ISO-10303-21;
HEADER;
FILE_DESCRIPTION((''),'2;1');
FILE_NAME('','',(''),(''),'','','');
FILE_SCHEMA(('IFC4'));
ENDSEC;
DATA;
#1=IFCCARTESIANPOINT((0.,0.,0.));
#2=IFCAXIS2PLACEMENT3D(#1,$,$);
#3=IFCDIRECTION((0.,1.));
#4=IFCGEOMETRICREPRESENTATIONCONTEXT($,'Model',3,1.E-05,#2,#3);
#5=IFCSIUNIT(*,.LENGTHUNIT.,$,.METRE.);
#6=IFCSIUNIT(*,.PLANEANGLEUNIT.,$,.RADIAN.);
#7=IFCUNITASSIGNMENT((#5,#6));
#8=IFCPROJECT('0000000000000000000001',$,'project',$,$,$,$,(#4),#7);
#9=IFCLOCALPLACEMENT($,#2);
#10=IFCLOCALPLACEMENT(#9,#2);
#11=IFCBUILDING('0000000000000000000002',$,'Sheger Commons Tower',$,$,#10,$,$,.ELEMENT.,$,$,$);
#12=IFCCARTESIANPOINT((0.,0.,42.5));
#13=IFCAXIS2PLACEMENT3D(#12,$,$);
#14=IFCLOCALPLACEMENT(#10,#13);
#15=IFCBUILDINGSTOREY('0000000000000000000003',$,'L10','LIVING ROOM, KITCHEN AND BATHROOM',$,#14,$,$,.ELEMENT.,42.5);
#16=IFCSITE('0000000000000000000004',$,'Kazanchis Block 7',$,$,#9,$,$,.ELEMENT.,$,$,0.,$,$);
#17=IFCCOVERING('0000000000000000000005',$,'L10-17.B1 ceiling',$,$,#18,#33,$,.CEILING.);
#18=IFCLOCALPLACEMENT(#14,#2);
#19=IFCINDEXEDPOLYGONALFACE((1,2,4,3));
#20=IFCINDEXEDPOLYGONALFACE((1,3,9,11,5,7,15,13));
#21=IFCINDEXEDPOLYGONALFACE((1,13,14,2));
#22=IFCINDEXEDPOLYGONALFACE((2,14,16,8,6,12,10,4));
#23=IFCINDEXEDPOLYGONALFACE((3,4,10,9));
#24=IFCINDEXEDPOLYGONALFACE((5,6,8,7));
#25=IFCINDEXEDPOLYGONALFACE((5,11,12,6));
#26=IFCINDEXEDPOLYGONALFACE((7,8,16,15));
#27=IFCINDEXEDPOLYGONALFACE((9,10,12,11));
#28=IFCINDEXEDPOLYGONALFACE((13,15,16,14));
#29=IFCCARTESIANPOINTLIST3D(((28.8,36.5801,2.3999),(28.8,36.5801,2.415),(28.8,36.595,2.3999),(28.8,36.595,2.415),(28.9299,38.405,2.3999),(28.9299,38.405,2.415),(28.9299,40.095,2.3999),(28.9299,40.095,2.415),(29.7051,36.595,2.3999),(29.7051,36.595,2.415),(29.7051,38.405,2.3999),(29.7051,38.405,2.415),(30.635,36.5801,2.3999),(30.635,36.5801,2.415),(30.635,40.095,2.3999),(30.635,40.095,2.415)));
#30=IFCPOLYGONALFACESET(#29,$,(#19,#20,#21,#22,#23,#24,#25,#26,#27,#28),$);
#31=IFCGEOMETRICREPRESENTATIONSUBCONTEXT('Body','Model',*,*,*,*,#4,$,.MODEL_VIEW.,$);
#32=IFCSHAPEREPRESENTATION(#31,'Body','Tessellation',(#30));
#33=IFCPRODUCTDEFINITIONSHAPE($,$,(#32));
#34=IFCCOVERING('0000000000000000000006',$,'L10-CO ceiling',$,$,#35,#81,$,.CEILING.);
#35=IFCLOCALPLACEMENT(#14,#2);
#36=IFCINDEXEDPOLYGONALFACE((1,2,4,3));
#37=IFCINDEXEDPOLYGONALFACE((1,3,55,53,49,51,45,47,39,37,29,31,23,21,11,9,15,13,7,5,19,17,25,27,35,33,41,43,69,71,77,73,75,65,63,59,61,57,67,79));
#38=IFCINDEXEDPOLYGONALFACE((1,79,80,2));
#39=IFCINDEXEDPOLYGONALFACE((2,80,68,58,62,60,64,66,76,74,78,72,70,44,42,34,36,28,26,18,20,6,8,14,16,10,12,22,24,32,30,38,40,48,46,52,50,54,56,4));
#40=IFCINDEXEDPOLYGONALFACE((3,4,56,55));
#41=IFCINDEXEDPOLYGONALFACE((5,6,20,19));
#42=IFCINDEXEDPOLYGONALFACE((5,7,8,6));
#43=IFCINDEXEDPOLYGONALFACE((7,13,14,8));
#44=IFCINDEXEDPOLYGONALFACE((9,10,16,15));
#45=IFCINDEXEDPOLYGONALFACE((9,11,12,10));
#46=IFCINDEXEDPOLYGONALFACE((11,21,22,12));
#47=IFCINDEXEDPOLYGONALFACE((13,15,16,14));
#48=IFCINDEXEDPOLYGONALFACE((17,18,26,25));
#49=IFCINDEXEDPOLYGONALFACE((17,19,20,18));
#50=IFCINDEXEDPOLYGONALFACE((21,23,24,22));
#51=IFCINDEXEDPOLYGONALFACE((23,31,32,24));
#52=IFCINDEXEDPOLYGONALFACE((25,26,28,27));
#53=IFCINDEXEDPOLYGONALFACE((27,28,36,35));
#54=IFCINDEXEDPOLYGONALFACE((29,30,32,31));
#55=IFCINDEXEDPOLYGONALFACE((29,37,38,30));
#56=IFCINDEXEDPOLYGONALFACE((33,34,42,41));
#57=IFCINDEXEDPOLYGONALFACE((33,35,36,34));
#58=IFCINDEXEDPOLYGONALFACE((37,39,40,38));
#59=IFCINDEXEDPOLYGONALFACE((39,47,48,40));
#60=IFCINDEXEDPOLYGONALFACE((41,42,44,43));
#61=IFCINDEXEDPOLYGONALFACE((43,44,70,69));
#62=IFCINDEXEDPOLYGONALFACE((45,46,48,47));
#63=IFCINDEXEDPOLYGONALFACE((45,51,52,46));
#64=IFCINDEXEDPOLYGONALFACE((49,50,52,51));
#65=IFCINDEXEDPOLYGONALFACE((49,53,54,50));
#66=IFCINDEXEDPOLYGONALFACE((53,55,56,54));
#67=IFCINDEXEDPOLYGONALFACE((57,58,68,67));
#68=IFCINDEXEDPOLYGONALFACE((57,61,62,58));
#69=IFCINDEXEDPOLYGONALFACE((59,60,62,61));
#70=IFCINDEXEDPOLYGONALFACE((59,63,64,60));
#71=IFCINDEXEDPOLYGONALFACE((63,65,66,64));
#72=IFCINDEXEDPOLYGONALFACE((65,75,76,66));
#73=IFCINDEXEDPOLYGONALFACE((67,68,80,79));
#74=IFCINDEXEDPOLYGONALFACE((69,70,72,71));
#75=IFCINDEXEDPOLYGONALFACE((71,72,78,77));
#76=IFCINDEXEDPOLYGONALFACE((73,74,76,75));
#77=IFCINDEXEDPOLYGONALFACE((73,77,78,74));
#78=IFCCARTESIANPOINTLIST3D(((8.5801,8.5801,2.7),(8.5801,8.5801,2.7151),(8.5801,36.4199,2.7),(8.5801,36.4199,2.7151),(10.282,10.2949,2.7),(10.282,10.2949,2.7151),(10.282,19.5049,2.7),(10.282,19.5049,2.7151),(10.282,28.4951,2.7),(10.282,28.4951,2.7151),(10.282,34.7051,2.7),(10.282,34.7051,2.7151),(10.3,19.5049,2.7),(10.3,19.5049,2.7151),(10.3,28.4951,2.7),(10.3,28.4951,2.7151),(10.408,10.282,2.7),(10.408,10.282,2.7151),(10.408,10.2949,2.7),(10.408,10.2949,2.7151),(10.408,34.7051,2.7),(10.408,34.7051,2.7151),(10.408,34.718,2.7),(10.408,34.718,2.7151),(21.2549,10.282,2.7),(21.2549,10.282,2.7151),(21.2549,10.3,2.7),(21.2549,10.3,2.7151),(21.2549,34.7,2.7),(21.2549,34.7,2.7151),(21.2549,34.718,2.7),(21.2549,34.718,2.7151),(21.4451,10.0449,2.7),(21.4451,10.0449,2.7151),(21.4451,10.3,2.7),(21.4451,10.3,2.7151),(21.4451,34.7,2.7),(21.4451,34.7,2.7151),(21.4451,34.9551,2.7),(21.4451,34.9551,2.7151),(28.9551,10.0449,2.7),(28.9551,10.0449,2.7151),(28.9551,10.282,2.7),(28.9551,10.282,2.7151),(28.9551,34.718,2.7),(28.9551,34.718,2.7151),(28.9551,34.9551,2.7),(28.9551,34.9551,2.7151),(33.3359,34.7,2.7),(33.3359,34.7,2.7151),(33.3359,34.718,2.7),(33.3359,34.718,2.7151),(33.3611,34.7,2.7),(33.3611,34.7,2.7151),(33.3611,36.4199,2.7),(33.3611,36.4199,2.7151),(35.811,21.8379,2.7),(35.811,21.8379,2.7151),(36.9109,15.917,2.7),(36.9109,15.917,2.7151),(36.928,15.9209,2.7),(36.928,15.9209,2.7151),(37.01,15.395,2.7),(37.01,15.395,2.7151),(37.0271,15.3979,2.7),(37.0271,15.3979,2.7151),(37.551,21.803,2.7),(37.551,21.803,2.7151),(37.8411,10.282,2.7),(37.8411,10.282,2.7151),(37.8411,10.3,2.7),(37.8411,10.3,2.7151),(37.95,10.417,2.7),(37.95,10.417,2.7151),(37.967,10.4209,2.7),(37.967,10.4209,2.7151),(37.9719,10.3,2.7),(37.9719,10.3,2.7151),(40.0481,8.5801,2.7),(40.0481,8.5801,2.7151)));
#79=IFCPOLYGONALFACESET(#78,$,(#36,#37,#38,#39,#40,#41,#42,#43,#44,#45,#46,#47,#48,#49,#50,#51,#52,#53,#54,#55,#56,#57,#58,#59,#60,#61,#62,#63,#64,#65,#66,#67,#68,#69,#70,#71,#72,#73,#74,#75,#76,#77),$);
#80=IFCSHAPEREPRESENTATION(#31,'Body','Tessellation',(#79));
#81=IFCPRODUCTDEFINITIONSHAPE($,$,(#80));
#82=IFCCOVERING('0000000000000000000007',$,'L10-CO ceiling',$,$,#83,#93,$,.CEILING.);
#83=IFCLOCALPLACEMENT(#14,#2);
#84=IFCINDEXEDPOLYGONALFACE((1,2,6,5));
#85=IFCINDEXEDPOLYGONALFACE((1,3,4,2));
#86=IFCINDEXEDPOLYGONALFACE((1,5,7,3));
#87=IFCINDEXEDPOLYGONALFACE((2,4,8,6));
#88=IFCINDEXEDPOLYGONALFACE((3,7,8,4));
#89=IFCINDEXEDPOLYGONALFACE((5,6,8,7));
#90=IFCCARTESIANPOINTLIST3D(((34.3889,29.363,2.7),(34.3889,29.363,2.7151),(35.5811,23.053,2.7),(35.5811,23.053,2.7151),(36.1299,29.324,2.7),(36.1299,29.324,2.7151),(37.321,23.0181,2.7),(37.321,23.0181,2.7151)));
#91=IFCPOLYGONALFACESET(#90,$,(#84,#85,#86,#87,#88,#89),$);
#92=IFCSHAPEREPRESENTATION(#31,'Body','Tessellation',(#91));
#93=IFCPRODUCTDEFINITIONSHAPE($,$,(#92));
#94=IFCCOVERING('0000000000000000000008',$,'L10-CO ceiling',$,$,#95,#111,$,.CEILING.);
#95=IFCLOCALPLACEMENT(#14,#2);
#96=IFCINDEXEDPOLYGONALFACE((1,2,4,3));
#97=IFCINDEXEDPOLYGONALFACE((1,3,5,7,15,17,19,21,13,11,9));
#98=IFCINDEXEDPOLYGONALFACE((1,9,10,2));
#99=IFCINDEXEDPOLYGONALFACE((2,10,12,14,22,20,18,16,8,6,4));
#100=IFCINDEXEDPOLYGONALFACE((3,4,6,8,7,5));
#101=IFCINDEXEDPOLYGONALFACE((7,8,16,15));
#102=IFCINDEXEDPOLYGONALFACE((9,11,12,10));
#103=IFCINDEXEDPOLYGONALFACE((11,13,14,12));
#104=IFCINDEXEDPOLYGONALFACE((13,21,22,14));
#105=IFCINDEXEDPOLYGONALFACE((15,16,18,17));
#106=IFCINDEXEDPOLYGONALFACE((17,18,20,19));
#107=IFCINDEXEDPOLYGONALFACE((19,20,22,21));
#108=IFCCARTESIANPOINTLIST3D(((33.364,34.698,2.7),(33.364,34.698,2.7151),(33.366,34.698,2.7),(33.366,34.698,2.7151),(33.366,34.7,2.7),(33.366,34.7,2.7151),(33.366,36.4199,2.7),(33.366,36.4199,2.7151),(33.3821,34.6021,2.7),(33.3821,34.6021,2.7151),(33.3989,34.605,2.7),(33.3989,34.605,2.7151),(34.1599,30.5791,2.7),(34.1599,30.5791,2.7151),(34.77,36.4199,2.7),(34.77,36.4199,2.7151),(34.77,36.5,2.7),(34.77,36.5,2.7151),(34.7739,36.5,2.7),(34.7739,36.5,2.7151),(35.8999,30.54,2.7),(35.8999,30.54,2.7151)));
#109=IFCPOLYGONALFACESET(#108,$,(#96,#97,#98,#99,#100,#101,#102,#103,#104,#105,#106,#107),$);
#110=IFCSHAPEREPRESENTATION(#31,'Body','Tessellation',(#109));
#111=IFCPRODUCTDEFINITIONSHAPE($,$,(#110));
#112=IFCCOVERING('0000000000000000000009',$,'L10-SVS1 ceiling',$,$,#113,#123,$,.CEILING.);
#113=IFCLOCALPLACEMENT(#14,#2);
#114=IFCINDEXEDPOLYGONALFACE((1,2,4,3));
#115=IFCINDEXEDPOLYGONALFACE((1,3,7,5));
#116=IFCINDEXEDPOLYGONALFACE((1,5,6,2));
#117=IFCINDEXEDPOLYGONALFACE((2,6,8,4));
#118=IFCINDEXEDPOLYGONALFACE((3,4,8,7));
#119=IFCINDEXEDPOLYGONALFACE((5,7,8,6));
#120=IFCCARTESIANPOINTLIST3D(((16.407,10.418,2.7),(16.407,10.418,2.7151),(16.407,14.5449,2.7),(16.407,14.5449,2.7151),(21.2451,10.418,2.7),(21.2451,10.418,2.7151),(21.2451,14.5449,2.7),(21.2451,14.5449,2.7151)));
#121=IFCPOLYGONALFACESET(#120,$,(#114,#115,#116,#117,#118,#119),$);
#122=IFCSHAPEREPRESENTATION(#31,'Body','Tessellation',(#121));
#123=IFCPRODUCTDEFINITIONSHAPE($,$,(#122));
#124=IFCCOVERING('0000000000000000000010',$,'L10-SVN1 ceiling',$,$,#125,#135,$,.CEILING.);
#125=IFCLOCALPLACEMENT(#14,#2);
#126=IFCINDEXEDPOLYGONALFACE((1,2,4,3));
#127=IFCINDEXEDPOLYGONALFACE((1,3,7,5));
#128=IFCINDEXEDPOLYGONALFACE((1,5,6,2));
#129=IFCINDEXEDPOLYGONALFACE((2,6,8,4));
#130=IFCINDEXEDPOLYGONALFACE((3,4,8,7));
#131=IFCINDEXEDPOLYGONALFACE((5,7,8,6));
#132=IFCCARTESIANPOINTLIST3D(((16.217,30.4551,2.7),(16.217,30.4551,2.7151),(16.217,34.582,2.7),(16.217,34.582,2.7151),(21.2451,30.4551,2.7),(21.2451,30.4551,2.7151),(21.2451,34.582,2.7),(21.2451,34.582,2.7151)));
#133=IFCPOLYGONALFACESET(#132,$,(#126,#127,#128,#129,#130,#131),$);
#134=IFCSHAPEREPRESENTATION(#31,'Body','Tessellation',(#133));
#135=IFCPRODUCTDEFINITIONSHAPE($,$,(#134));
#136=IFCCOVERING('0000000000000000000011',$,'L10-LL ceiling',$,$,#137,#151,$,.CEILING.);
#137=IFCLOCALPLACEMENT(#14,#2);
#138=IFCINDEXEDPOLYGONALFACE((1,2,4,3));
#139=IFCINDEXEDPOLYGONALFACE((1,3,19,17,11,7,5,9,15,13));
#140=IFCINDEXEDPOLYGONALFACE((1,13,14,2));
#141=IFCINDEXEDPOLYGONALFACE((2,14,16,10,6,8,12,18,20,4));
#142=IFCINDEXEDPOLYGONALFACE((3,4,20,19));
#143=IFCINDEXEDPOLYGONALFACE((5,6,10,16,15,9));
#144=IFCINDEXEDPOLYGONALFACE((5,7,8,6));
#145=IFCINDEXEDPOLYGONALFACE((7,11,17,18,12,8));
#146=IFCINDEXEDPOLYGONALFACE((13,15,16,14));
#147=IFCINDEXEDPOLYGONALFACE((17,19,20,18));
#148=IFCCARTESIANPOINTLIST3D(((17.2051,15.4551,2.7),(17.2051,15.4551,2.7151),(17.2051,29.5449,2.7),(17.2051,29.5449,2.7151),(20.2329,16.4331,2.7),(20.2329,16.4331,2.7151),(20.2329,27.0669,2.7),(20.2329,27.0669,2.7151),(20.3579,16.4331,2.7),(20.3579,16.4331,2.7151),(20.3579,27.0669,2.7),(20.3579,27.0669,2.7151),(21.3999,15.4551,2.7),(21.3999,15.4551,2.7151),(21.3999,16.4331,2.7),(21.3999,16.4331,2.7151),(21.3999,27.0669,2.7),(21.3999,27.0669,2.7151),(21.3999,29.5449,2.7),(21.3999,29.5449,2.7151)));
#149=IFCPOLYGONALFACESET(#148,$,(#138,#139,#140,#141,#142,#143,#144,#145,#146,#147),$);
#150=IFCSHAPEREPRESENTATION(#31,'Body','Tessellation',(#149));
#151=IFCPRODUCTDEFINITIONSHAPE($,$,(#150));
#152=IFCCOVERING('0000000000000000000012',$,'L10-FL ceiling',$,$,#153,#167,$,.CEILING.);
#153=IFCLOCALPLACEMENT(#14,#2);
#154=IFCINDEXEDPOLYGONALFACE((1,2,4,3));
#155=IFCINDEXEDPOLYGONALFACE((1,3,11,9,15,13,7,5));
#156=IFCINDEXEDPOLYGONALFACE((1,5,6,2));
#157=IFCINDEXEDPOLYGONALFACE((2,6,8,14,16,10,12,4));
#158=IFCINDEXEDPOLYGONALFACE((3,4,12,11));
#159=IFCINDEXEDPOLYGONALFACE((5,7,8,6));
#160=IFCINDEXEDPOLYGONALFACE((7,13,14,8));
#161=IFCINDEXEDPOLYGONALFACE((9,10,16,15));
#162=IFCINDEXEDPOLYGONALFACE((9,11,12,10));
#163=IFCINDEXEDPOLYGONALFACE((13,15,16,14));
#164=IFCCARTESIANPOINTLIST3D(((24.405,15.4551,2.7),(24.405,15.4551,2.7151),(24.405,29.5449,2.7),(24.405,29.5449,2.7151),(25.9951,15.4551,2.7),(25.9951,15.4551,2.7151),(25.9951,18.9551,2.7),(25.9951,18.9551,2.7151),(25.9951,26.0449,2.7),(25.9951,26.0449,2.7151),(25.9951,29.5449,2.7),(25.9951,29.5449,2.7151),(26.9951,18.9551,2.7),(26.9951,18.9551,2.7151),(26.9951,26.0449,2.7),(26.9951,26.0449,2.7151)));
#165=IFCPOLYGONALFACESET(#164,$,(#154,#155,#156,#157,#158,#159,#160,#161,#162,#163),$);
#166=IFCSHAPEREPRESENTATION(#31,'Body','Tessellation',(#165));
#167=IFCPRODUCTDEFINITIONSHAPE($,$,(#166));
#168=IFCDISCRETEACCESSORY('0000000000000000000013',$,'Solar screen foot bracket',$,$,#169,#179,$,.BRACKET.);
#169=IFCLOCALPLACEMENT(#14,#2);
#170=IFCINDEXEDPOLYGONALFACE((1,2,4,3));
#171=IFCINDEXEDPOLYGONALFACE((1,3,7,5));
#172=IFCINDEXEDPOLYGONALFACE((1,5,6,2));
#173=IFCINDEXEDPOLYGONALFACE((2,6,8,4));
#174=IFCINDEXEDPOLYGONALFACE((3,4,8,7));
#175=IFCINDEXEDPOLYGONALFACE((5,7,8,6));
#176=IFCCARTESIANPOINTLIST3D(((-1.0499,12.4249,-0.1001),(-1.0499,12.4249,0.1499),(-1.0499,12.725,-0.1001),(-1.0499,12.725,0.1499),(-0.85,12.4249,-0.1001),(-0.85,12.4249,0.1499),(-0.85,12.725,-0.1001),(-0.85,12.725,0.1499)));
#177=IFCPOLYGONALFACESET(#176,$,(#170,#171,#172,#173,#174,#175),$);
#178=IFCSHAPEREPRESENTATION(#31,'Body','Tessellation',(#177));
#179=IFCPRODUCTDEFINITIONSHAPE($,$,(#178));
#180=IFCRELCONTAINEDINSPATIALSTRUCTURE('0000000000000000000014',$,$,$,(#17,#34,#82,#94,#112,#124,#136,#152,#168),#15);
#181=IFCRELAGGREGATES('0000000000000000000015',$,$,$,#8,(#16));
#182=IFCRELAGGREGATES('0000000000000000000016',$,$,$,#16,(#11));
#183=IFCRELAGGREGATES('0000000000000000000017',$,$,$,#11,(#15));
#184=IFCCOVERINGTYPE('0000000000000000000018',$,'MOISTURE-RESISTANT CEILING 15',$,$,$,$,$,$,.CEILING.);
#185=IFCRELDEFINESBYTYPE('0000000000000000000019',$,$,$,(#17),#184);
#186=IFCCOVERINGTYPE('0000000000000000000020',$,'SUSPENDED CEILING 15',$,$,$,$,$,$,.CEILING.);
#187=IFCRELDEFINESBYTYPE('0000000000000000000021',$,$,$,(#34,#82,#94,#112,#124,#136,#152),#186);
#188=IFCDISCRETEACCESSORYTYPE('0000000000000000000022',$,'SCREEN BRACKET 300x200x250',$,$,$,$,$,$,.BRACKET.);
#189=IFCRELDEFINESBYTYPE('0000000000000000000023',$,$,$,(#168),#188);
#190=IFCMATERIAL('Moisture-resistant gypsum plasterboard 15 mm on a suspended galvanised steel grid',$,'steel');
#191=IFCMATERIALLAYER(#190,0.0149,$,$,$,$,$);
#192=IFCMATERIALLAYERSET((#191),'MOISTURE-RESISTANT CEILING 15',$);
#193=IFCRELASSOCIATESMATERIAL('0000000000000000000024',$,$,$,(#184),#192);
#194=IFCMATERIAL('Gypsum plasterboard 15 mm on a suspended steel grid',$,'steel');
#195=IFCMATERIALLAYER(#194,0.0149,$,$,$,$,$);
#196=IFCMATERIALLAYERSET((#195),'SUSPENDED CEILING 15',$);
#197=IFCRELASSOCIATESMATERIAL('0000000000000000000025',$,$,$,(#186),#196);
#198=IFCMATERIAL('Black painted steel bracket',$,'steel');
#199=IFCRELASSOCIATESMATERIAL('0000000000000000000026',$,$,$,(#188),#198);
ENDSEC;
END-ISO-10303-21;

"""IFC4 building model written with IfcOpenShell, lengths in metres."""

from ifc_helpers import new_model, si_unit, direction, frame, origin, origin_2d, place, context, subcontext, project, spatial, polyline, rectangle, outline, extrude, material, layer, layer_set, type_object, element, save


model = new_model("IFC4")

# Units and contexts
model_context = context("Model", 3, precision=1e-05, world=origin(), true_north=direction((0.0, 1.0)))
body_context = subcontext(model_context, "Body", "Model", "MODEL_VIEW")
ifc_project = project(units=[si_unit("LENGTHUNIT", "METRE"), si_unit("PLANEANGLEUNIT", "RADIAN")], contexts=[model_context])

# Site, building, storey
site_placement = place(None, origin())
site = spatial("IfcSite", under=ifc_project, at=site_placement, Name="Kazanchis Block 7", CompositionType="ELEMENT", RefElevation=0.0)
building_placement = place(site_placement, origin())
building = spatial("IfcBuilding", under=site, at=building_placement, Name="Sheger Commons Tower", CompositionType="ELEMENT")
storey_placement = place(building_placement, frame((0.0, 0.0, 42.5)))
storey = spatial("IfcBuildingStorey", under=building, at=storey_placement, Name="L10", Description="LIVING ROOM, KITCHEN AND BATHROOM", CompositionType="ELEMENT", Elevation=42.5)

# Coverings
ifc_material_1 = material(Name="Moisture-resistant gypsum plasterboard 15 mm on a suspended galvanised steel grid", Category="steel")
ifc_layer_1 = layer(ifc_material_1, 0.0149)
ifc_layer_set_1 = layer_set([ifc_layer_1], Name="MOISTURE-RESISTANT CEILING 15")
covering_type_1 = type_object("IfcCoveringType", Name="MOISTURE-RESISTANT CEILING 15", PredefinedType="CEILING", material=ifc_layer_set_1)
covering_1_placement = place(storey_placement, frame((0.0, 0.0, 2.3999)))
element("IfcCovering", 1, at=covering_1_placement, inside=storey, type_object=covering_type_1, Name="L10-17.B1 ceiling", PredefinedType="CEILING", context=body_context, shape_type="SweptSolid", body=[
    extrude(outline(polyline([(28.8, 36.5801), (30.635, 36.5801), (30.635, 40.095), (28.9299, 40.095), (28.9299, 38.405), (29.7051, 38.405), (29.7051, 36.595), (28.8, 36.595), (28.8, 36.5801)])), origin(), (0.0, 0.0, 1.0), 0.0151),
])
ifc_material_2 = material(Name="Gypsum plasterboard 15 mm on a suspended steel grid", Category="steel")
ifc_layer_2 = layer(ifc_material_2, 0.0149)
ifc_layer_set_2 = layer_set([ifc_layer_2], Name="SUSPENDED CEILING 15")
covering_type_2 = type_object("IfcCoveringType", Name="SUSPENDED CEILING 15", PredefinedType="CEILING", material=ifc_layer_set_2)
covering_2_placement = place(storey_placement, frame((0.0, 0.0, 2.7)))
element("IfcCovering", 2, at=covering_2_placement, inside=storey, type_object=covering_type_2, Name="L10-CO ceiling", PredefinedType="CEILING", context=body_context, shape_type="SweptSolid", body=[
    extrude(outline(polyline([(8.5801, 8.5801), (40.0481, 8.5801), (37.551, 21.803), (35.811, 21.8379), (36.928, 15.9209), (36.9109, 15.917), (37.01, 15.395), (37.0271, 15.3979), (37.967, 10.4209), (37.95, 10.417), (37.9719, 10.3), (37.8411, 10.3), (37.8411, 10.282), (28.9551, 10.282), (28.9551, 10.0449), (21.4451, 10.0449), (21.4451, 10.3), (21.2549, 10.3), (21.2549, 10.282), (10.408, 10.282), (10.408, 10.2949), (10.282, 10.2949), (10.282, 19.5049), (10.3, 19.5049), (10.3, 28.4951), (10.282, 28.4951), (10.282, 34.7051), (10.408, 34.7051), (10.408, 34.718), (21.2549, 34.718), (21.2549, 34.7), (21.4451, 34.7), (21.4451, 34.9551), (28.9551, 34.9551), (28.9551, 34.718), (33.3359, 34.718), (33.3359, 34.7), (33.3611, 34.7), (33.3611, 36.4199), (8.5801, 36.4199), (8.5801, 8.5801)])), origin(), (0.0, 0.0, 1.0), 0.0151),
])
covering_3_placement = place(storey_placement, frame((0.0, 0.0, 2.7)))
element("IfcCovering", 3, at=covering_3_placement, inside=storey, type_object=covering_type_2, Name="L10-CO ceiling", PredefinedType="CEILING", context=body_context, shape_type="SweptSolid", body=[
    extrude(outline(polyline([(37.321, 23.0181), (36.1299, 29.324), (34.3889, 29.363), (35.5811, 23.053), (37.321, 23.0181)])), origin(), (0.0, 0.0, 1.0), 0.0151),
])
covering_4_placement = place(storey_placement, frame((0.0, 0.0, 2.7)))
element("IfcCovering", 4, at=covering_4_placement, inside=storey, type_object=covering_type_2, Name="L10-CO ceiling", PredefinedType="CEILING", context=body_context, shape_type="SweptSolid", body=[
    extrude(outline(polyline([(35.8999, 30.54), (34.7739, 36.5), (34.77, 36.5), (34.77, 36.4199), (33.366, 36.4199), (33.366, 34.7), (33.366, 34.698), (33.364, 34.698), (33.3821, 34.6021), (33.3989, 34.605), (34.1599, 30.5791), (35.8999, 30.54)])), origin(), (0.0, 0.0, 1.0), 0.0151),
])
covering_5_placement = place(storey_placement, frame((0.0, 0.0, 2.7)))
element("IfcCovering", 5, at=covering_5_placement, inside=storey, type_object=covering_type_2, Name="L10-SVS1 ceiling", PredefinedType="CEILING", context=body_context, shape_type="SweptSolid", body=[
    extrude(outline(polyline([(16.407, 10.418), (21.2451, 10.418), (21.2451, 14.5449), (16.407, 14.5449), (16.407, 10.418)])), origin(), (0.0, 0.0, 1.0), 0.0151),
])
covering_6_placement = place(storey_placement, frame((0.0, 0.0, 2.7)))
element("IfcCovering", 6, at=covering_6_placement, inside=storey, type_object=covering_type_2, Name="L10-SVN1 ceiling", PredefinedType="CEILING", context=body_context, shape_type="SweptSolid", body=[
    extrude(outline(polyline([(16.217, 30.4551), (21.2451, 30.4551), (21.2451, 34.582), (16.217, 34.582), (16.217, 30.4551)])), origin(), (0.0, 0.0, 1.0), 0.0151),
])
covering_7_placement = place(storey_placement, frame((0.0, 0.0, 2.7)))
element("IfcCovering", 7, at=covering_7_placement, inside=storey, type_object=covering_type_2, Name="L10-LL ceiling", PredefinedType="CEILING", context=body_context, shape_type="SweptSolid", body=[
    extrude(outline(polyline([(17.2051, 15.4551), (21.3999, 15.4551), (21.3999, 16.4331), (20.3579, 16.4331), (20.2329, 16.4331), (20.2329, 27.0669), (20.3579, 27.0669), (21.3999, 27.0669), (21.3999, 29.5449), (17.2051, 29.5449), (17.2051, 15.4551)])), origin(), (0.0, 0.0, 1.0), 0.0151),
])
covering_8_placement = place(storey_placement, frame((0.0, 0.0, 2.7)))
element("IfcCovering", 8, at=covering_8_placement, inside=storey, type_object=covering_type_2, Name="L10-FL ceiling", PredefinedType="CEILING", context=body_context, shape_type="SweptSolid", body=[
    extrude(outline(polyline([(24.405, 15.4551), (25.9951, 15.4551), (25.9951, 18.9551), (26.9951, 18.9551), (26.9951, 26.0449), (25.9951, 26.0449), (25.9951, 29.5449), (24.405, 29.5449), (24.405, 15.4551)])), origin(), (0.0, 0.0, 1.0), 0.0151),
])

# Discrete accessory
ifc_material_3 = material(Name="Black painted steel bracket", Category="steel")
discrete_accessory_type = type_object("IfcDiscreteAccessoryType", Name="SCREEN BRACKET 300x200x250", PredefinedType="BRACKET", material=ifc_material_3)
for number, where, z_axis, x_axis, name in (
    (9, (-0.95, 12.575, -0.1001), (0.0, 0.0, 1.0), (0.0, -1.0, 0.0), "Solar screen foot bracket"),
):
    element("IfcDiscreteAccessory", number, at=place(storey_placement, frame(where, z_axis=z_axis, x_axis=x_axis)), inside=storey, type_object=discrete_accessory_type, Name=name, PredefinedType="BRACKET", context=body_context, shape_type="SweptSolid", body=[
        extrude(rectangle(XDim=0.3, YDim=0.2, at=origin_2d()), origin(), (0.0, 0.0, 1.0), 0.25),
    ])

save(model, "model.ifc")
